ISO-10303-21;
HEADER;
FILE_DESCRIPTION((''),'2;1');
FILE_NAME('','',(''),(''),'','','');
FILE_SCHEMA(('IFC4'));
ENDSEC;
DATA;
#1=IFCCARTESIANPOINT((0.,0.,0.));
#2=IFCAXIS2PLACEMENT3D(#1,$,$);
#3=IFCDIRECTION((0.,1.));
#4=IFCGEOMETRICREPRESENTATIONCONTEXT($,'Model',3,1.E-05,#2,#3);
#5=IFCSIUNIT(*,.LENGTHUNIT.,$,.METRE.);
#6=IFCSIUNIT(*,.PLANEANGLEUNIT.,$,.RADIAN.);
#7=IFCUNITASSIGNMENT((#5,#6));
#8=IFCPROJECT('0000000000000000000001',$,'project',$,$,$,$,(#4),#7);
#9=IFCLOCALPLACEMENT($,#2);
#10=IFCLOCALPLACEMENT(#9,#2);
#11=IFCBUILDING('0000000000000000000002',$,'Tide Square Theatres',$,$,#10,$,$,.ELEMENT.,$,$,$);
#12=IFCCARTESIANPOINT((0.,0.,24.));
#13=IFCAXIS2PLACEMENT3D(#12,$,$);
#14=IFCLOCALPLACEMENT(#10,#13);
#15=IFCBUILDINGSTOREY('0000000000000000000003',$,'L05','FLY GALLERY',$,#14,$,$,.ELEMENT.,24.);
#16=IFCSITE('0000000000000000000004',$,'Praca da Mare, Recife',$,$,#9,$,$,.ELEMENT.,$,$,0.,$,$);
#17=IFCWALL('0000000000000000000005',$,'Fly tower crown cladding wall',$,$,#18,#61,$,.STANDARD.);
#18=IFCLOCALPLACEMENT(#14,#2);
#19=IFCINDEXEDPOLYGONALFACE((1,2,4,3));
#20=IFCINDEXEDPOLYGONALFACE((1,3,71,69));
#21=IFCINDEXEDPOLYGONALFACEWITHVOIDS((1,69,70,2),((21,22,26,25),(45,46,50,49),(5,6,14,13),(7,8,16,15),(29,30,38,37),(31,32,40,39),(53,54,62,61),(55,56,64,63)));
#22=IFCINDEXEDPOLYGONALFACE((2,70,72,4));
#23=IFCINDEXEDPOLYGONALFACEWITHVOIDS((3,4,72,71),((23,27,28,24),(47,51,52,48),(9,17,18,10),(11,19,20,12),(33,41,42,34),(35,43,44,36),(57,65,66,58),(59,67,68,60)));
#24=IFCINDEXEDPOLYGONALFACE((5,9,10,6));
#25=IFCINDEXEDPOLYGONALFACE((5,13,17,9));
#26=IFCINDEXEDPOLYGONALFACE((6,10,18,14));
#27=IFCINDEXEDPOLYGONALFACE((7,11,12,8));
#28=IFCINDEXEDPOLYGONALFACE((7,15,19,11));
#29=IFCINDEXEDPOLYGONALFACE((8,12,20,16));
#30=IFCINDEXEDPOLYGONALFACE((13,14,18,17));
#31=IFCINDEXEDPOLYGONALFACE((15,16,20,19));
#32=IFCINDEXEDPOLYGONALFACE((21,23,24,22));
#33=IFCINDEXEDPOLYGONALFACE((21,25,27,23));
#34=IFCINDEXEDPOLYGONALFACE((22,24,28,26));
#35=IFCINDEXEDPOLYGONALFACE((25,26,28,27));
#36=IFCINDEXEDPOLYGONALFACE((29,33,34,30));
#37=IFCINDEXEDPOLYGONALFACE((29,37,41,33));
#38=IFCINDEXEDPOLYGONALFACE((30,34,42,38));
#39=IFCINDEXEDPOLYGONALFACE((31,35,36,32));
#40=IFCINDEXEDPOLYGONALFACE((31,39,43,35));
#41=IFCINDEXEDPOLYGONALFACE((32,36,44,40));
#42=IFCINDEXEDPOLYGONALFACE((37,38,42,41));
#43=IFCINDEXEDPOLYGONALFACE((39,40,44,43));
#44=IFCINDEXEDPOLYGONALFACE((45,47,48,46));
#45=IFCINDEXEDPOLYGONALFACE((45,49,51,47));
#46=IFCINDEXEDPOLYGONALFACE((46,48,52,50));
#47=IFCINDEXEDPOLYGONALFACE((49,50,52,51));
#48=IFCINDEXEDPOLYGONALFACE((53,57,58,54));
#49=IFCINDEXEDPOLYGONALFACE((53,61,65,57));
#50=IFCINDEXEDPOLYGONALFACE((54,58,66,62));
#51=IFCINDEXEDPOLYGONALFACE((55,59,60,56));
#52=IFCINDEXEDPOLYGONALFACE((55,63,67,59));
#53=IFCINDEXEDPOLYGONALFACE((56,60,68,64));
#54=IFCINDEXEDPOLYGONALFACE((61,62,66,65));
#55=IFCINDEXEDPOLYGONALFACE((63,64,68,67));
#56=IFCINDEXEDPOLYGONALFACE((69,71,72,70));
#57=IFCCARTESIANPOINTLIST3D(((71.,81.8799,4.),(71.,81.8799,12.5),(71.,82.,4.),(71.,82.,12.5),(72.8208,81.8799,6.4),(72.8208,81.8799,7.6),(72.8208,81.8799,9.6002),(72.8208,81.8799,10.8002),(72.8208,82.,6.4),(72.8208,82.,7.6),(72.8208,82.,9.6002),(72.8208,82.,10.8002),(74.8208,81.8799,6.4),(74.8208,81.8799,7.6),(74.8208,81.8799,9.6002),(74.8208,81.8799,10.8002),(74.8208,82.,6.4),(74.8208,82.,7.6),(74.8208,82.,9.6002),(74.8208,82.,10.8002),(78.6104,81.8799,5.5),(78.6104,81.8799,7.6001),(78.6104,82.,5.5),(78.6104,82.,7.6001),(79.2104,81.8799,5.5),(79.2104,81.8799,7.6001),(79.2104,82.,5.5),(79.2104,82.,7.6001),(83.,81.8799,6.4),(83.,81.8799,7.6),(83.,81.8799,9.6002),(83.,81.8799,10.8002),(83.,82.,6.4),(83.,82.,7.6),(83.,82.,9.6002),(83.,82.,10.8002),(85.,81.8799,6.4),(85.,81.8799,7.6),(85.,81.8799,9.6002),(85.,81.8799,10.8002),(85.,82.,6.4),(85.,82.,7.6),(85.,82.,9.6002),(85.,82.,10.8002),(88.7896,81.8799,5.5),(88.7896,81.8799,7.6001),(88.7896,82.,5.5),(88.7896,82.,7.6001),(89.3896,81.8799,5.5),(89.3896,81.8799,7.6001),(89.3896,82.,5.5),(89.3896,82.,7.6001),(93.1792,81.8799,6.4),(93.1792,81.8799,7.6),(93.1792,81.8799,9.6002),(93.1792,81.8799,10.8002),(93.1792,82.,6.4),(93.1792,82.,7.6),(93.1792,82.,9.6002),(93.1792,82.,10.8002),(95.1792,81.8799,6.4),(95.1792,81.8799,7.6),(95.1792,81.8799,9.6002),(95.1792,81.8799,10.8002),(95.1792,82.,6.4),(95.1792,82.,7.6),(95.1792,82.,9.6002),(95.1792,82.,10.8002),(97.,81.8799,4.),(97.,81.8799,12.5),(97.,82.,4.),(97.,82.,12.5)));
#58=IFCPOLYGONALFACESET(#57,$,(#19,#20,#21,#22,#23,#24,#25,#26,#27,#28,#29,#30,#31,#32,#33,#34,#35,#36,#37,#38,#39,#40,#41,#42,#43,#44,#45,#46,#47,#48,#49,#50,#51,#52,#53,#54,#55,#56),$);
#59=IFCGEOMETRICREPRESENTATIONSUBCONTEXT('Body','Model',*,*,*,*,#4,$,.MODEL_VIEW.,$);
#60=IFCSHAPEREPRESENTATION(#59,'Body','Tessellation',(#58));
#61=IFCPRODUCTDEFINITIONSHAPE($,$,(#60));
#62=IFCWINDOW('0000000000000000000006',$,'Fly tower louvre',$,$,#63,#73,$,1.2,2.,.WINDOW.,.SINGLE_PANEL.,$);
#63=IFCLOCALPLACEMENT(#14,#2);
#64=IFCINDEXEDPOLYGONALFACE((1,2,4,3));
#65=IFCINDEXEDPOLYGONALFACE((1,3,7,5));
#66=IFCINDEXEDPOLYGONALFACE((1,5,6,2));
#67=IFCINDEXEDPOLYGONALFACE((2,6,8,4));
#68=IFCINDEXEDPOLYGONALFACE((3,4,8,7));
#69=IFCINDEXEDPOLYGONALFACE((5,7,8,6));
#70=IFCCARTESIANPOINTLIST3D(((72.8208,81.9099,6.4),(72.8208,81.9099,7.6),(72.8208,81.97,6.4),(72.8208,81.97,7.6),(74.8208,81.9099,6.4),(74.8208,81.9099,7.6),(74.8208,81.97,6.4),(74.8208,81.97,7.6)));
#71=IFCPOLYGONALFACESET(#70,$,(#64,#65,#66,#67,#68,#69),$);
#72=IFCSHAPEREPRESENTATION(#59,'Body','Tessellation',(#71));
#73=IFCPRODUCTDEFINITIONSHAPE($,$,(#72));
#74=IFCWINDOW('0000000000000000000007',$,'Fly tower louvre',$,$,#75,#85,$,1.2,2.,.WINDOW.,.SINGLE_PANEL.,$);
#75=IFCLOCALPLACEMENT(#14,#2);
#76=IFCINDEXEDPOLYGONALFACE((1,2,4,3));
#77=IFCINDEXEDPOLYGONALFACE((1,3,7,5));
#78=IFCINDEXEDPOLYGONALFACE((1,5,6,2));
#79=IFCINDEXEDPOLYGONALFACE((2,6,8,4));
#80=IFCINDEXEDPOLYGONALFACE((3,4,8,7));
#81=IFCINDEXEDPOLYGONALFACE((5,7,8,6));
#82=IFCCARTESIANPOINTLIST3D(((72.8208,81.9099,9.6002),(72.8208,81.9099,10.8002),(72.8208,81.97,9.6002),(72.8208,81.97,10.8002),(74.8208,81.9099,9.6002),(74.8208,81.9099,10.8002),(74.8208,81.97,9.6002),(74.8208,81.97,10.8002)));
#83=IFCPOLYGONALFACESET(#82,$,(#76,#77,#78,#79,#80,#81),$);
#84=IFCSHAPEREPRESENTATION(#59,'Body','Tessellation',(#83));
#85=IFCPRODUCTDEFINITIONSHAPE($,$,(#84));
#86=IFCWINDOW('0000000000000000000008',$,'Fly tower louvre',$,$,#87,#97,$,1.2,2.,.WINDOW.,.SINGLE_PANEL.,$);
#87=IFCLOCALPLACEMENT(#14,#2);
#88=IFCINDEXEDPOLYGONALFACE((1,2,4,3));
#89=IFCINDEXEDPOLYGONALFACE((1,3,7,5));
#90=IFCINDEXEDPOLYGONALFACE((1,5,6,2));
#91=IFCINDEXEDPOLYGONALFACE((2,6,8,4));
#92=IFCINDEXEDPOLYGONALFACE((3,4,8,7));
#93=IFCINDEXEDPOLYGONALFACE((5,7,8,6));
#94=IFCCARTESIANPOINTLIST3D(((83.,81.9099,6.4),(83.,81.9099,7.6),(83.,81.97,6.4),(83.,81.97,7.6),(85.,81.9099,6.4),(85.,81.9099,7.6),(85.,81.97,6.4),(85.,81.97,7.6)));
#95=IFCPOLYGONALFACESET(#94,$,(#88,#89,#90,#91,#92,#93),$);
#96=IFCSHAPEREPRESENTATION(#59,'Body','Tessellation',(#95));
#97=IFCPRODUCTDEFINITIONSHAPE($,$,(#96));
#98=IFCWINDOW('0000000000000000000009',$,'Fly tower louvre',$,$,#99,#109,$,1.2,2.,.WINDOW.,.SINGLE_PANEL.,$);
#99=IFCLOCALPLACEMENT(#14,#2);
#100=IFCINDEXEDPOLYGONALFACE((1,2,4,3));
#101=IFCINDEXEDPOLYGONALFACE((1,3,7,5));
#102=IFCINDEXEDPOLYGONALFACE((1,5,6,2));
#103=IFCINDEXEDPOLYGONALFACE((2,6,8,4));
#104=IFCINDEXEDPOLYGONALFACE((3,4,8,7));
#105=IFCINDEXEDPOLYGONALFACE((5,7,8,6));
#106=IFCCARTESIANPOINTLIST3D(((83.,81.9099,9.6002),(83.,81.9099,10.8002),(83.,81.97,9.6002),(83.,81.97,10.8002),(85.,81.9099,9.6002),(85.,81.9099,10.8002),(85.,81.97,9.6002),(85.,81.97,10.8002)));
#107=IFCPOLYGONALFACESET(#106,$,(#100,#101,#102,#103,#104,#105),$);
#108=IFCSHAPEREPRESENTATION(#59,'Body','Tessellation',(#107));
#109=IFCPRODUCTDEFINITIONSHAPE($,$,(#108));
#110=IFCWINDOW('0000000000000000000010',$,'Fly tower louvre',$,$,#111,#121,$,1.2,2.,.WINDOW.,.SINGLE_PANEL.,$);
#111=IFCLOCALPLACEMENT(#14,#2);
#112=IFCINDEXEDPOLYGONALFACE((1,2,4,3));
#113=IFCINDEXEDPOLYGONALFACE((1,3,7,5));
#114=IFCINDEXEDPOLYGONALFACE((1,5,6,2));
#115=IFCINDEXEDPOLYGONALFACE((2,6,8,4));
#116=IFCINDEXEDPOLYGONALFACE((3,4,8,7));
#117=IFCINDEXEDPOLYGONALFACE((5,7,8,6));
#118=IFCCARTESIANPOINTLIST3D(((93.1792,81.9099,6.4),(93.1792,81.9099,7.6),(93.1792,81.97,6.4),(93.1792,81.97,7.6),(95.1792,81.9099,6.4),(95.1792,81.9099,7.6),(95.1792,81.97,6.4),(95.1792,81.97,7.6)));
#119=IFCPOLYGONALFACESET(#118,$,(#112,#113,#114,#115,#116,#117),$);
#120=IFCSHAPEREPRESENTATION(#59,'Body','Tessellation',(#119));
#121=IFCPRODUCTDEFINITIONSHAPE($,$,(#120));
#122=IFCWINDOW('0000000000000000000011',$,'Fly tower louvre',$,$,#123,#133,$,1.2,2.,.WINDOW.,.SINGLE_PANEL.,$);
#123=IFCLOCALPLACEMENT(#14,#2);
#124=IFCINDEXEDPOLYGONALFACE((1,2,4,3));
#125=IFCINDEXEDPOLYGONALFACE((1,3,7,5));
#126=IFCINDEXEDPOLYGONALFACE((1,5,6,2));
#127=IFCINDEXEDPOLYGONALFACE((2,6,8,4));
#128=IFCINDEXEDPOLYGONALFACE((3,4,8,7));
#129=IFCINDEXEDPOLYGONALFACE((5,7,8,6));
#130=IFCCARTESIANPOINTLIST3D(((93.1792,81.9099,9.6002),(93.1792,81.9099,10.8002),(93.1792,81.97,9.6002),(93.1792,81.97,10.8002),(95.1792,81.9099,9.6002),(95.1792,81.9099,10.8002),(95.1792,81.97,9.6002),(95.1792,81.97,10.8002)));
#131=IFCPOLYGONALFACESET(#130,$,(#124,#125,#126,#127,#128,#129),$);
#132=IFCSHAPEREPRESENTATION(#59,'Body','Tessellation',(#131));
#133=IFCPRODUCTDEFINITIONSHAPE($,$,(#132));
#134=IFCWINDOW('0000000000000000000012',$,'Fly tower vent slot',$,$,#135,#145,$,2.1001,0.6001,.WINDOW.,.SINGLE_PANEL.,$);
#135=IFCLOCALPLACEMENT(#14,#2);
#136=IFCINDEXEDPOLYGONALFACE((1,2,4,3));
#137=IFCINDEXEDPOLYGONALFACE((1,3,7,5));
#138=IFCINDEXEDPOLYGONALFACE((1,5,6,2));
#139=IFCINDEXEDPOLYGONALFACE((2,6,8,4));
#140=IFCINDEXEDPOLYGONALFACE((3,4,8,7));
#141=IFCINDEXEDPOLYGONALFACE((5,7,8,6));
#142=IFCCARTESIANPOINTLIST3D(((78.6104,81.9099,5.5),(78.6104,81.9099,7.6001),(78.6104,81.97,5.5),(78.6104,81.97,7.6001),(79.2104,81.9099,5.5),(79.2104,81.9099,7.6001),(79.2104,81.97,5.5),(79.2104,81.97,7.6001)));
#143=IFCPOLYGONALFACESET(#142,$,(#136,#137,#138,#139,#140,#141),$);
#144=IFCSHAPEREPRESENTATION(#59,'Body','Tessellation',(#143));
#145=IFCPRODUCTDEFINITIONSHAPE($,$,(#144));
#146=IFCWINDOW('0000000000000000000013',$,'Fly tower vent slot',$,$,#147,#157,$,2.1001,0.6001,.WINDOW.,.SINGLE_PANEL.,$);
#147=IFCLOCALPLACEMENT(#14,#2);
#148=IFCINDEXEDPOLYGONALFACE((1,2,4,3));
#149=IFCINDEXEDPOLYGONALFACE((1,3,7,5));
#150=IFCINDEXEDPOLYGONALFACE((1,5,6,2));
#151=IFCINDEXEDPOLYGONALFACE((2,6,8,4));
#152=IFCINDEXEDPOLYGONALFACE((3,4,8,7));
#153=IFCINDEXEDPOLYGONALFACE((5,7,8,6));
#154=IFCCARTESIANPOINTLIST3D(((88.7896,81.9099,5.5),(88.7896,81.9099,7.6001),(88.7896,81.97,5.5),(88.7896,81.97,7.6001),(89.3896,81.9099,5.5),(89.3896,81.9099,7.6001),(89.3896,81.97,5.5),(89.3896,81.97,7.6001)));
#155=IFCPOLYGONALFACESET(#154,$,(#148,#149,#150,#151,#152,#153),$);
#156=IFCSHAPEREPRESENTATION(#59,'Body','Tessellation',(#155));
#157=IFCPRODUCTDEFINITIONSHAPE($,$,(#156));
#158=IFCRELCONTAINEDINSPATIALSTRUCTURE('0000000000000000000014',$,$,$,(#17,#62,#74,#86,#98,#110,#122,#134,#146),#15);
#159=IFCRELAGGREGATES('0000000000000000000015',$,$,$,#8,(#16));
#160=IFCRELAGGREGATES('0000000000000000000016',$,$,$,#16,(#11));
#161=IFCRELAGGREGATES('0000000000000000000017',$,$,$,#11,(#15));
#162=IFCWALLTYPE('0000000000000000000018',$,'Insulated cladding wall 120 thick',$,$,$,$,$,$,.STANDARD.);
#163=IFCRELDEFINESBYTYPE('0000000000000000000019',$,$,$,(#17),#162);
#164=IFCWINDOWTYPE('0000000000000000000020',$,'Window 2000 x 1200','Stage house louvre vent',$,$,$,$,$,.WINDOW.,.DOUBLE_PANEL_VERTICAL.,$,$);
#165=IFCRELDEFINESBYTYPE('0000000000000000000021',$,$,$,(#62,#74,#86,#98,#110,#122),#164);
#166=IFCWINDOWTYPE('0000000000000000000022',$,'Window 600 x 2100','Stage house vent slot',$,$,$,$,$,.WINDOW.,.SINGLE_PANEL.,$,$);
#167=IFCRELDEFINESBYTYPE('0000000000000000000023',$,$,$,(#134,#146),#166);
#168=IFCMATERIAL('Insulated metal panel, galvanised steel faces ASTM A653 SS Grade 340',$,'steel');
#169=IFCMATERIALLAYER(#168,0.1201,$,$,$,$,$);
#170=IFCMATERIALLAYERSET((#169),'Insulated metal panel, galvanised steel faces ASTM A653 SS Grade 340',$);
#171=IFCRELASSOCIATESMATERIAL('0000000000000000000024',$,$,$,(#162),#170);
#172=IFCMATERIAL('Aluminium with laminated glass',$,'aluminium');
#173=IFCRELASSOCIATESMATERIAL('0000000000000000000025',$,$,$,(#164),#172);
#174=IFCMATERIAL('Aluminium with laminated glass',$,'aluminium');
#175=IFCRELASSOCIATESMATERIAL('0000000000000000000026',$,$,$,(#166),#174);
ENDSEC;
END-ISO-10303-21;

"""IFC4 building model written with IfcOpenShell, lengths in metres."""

from ifc_helpers import new_model, si_unit, direction, frame, frame_2d, origin, place, context, subcontext, project, spatial, rectangle, extrude, material, layer, layer_set, type_object, element, fill, save


model = new_model("IFC4")

# Units and contexts
model_context = context("Model", 3, precision=1e-05, world=origin(), true_north=direction((0.0, 1.0)))
body_context = subcontext(model_context, "Body", "Model", "MODEL_VIEW")
ifc_project = project(units=[si_unit("LENGTHUNIT", "METRE"), si_unit("PLANEANGLEUNIT", "RADIAN")], contexts=[model_context])

# Site, building, storey
site_placement = place(None, origin())
site = spatial("IfcSite", under=ifc_project, at=site_placement, Name="Praca da Mare, Recife", CompositionType="ELEMENT", RefElevation=0.0)
building_placement = place(site_placement, origin())
building = spatial("IfcBuilding", under=site, at=building_placement, Name="Tide Square Theatres", CompositionType="ELEMENT")
storey_placement = place(building_placement, frame((0.0, 0.0, 24.0)))
storey = spatial("IfcBuildingStorey", under=building, at=storey_placement, Name="L05", Description="FLY GALLERY", CompositionType="ELEMENT", Elevation=24.0)

# Wall, openings, windows
ifc_material_1 = material(Name="Insulated metal panel, galvanised steel faces ASTM A653 SS Grade 340", Category="steel")
ifc_layer_1 = layer(ifc_material_1, 0.1201)
ifc_layer_set_1 = layer_set([ifc_layer_1], Name="Insulated metal panel, galvanised steel faces ASTM A653 SS Grade 340")
wall_type = type_object("IfcWallType", Name="Insulated cladding wall 120 thick", PredefinedType="STANDARD", material=ifc_layer_set_1)
wall_placement = place(storey_placement, frame((71.0, 81.9399, 4.0), z_axis=(0.0, 0.0, 1.0), x_axis=(1.0, 0.0, 0.0)))
wall = element("IfcWall", 1, at=wall_placement, inside=storey, type_object=wall_type, Name="Fly tower crown cladding wall", PredefinedType="STANDARD", context=body_context, shape_type="SweptSolid", body=[
    extrude(rectangle(XDim=26.0, YDim=0.1201, at=frame_2d((13.0, 0.0))), origin(), (0.0, 0.0, 1.0), 8.5),
])
opening_1_placement = place(wall_placement, frame((1.8208, 0.0, 2.3999)))
opening_1 = element("IfcOpeningElement", 2, at=opening_1_placement, cuts=wall, PredefinedType="OPENING", context=body_context, shape_type="SweptSolid", body=[
    extrude(rectangle(XDim=2.0, YDim=1.2, at=frame_2d((1.0, 0.6001))), frame((0.0, 0.0701, 0.0), z_axis=(0.0, -1.0, 0.0), x_axis=(1.0, 0.0, 0.0)), (0.0, 0.0, 1.0), 0.1401),
])
opening_2_placement = place(wall_placement, frame((1.8208, 0.0, 5.6001)))
opening_2 = element("IfcOpeningElement", 3, at=opening_2_placement, cuts=wall, PredefinedType="OPENING", context=body_context, shape_type="SweptSolid", body=[
    extrude(rectangle(XDim=2.0, YDim=1.2, at=frame_2d((1.0, 0.6001))), frame((0.0, 0.0701, 0.0), z_axis=(0.0, -1.0, 0.0), x_axis=(1.0, 0.0, 0.0)), (0.0, 0.0, 1.0), 0.1401),
])
opening_3_placement = place(wall_placement, frame((12.0, 0.0, 2.3999)))
opening_3 = element("IfcOpeningElement", 4, at=opening_3_placement, cuts=wall, PredefinedType="OPENING", context=body_context, shape_type="SweptSolid", body=[
    extrude(rectangle(XDim=2.0, YDim=1.2, at=frame_2d((1.0, 0.6001))), frame((0.0, 0.0701, 0.0), z_axis=(0.0, -1.0, 0.0), x_axis=(1.0, 0.0, 0.0)), (0.0, 0.0, 1.0), 0.1401),
])
opening_4_placement = place(wall_placement, frame((12.0, 0.0, 5.6001)))
opening_4 = element("IfcOpeningElement", 5, at=opening_4_placement, cuts=wall, PredefinedType="OPENING", context=body_context, shape_type="SweptSolid", body=[
    extrude(rectangle(XDim=2.0, YDim=1.2, at=frame_2d((1.0, 0.6001))), frame((0.0, 0.0701, 0.0), z_axis=(0.0, -1.0, 0.0), x_axis=(1.0, 0.0, 0.0)), (0.0, 0.0, 1.0), 0.1401),
])
opening_5_placement = place(wall_placement, frame((22.1792, 0.0, 2.3999)))
opening_5 = element("IfcOpeningElement", 6, at=opening_5_placement, cuts=wall, PredefinedType="OPENING", context=body_context, shape_type="SweptSolid", body=[
    extrude(rectangle(XDim=2.0, YDim=1.2, at=frame_2d((1.0, 0.6001))), frame((0.0, 0.0701, 0.0), z_axis=(0.0, -1.0, 0.0), x_axis=(1.0, 0.0, 0.0)), (0.0, 0.0, 1.0), 0.1401),
])
opening_6_placement = place(wall_placement, frame((22.1792, 0.0, 5.6001)))
opening_6 = element("IfcOpeningElement", 7, at=opening_6_placement, cuts=wall, PredefinedType="OPENING", context=body_context, shape_type="SweptSolid", body=[
    extrude(rectangle(XDim=2.0, YDim=1.2, at=frame_2d((1.0, 0.6001))), frame((0.0, 0.0701, 0.0), z_axis=(0.0, -1.0, 0.0), x_axis=(1.0, 0.0, 0.0)), (0.0, 0.0, 1.0), 0.1401),
])
opening_7_placement = place(wall_placement, frame((7.6104, 0.0, 1.5)))
opening_7 = element("IfcOpeningElement", 8, at=opening_7_placement, cuts=wall, PredefinedType="OPENING", context=body_context, shape_type="SweptSolid", body=[
    extrude(rectangle(XDim=0.6001, YDim=2.1001, at=frame_2d((0.3, 1.05))), frame((0.0, 0.0701, 0.0), z_axis=(0.0, -1.0, 0.0), x_axis=(1.0, 0.0, 0.0)), (0.0, 0.0, 1.0), 0.1401),
])
opening_8_placement = place(wall_placement, frame((17.7896, 0.0, 1.5)))
opening_8 = element("IfcOpeningElement", 9, at=opening_8_placement, cuts=wall, PredefinedType="OPENING", context=body_context, shape_type="SweptSolid", body=[
    extrude(rectangle(XDim=0.6001, YDim=2.1001, at=frame_2d((0.3, 1.05))), frame((0.0, 0.0701, 0.0), z_axis=(0.0, -1.0, 0.0), x_axis=(1.0, 0.0, 0.0)), (0.0, 0.0, 1.0), 0.1401),
])
ifc_material_2 = material(Name="Aluminium with laminated glass", Category="aluminium")
window_type_1 = type_object("IfcWindowType", Name="Window 2000 x 1200", Description="Stage house louvre vent", PartitioningType="DOUBLE_PANEL_VERTICAL", PredefinedType="WINDOW", material=ifc_material_2)
window_1_placement = place(opening_1_placement, origin())
window_1 = element("IfcWindow", 10, at=window_1_placement, inside=storey, type_object=window_type_1, Name="Fly tower louvre", OverallHeight=1.2, OverallWidth=2.0, PartitioningType="SINGLE_PANEL", PredefinedType="WINDOW", context=body_context, shape_type="SweptSolid", body=[
    extrude(rectangle(XDim=2.0, YDim=1.2, at=frame_2d((1.0, 0.6001))), frame((0.0, 0.03, 0.0), z_axis=(0.0, -1.0, 0.0), x_axis=(1.0, 0.0, 0.0)), (0.0, 0.0, 1.0), 0.0601),
])
fill(opening_1, window_1)
window_2_placement = place(opening_2_placement, origin())
window_2 = element("IfcWindow", 11, at=window_2_placement, inside=storey, type_object=window_type_1, Name="Fly tower louvre", OverallHeight=1.2, OverallWidth=2.0, PartitioningType="SINGLE_PANEL", PredefinedType="WINDOW", context=body_context, shape_type="SweptSolid", body=[
    extrude(rectangle(XDim=2.0, YDim=1.2, at=frame_2d((1.0, 0.6001))), frame((0.0, 0.03, 0.0), z_axis=(0.0, -1.0, 0.0), x_axis=(1.0, 0.0, 0.0)), (0.0, 0.0, 1.0), 0.0601),
])
fill(opening_2, window_2)
window_3_placement = place(opening_3_placement, origin())
window_3 = element("IfcWindow", 12, at=window_3_placement, inside=storey, type_object=window_type_1, Name="Fly tower louvre", OverallHeight=1.2, OverallWidth=2.0, PartitioningType="SINGLE_PANEL", PredefinedType="WINDOW", context=body_context, shape_type="SweptSolid", body=[
    extrude(rectangle(XDim=2.0, YDim=1.2, at=frame_2d((1.0, 0.6001))), frame((0.0, 0.03, 0.0), z_axis=(0.0, -1.0, 0.0), x_axis=(1.0, 0.0, 0.0)), (0.0, 0.0, 1.0), 0.0601),
])
fill(opening_3, window_3)
window_4_placement = place(opening_4_placement, origin())
window_4 = element("IfcWindow", 13, at=window_4_placement, inside=storey, type_object=window_type_1, Name="Fly tower louvre", OverallHeight=1.2, OverallWidth=2.0, PartitioningType="SINGLE_PANEL", PredefinedType="WINDOW", context=body_context, shape_type="SweptSolid", body=[
    extrude(rectangle(XDim=2.0, YDim=1.2, at=frame_2d((1.0, 0.6001))), frame((0.0, 0.03, 0.0), z_axis=(0.0, -1.0, 0.0), x_axis=(1.0, 0.0, 0.0)), (0.0, 0.0, 1.0), 0.0601),
])
fill(opening_4, window_4)
window_5_placement = place(opening_5_placement, origin())
window_5 = element("IfcWindow", 14, at=window_5_placement, inside=storey, type_object=window_type_1, Name="Fly tower louvre", OverallHeight=1.2, OverallWidth=2.0, PartitioningType="SINGLE_PANEL", PredefinedType="WINDOW", context=body_context, shape_type="SweptSolid", body=[
    extrude(rectangle(XDim=2.0, YDim=1.2, at=frame_2d((1.0, 0.6001))), frame((0.0, 0.03, 0.0), z_axis=(0.0, -1.0, 0.0), x_axis=(1.0, 0.0, 0.0)), (0.0, 0.0, 1.0), 0.0601),
])
fill(opening_5, window_5)
window_6_placement = place(opening_6_placement, origin())
window_6 = element("IfcWindow", 15, at=window_6_placement, inside=storey, type_object=window_type_1, Name="Fly tower louvre", OverallHeight=1.2, OverallWidth=2.0, PartitioningType="SINGLE_PANEL", PredefinedType="WINDOW", context=body_context, shape_type="SweptSolid", body=[
    extrude(rectangle(XDim=2.0, YDim=1.2, at=frame_2d((1.0, 0.6001))), frame((0.0, 0.03, 0.0), z_axis=(0.0, -1.0, 0.0), x_axis=(1.0, 0.0, 0.0)), (0.0, 0.0, 1.0), 0.0601),
])
fill(opening_6, window_6)
ifc_material_3 = material(Name="Aluminium with laminated glass", Category="aluminium")
window_type_2 = type_object("IfcWindowType", Name="Window 600 x 2100", Description="Stage house vent slot", PartitioningType="SINGLE_PANEL", PredefinedType="WINDOW", material=ifc_material_3)
window_7_placement = place(opening_7_placement, origin())
window_7 = element("IfcWindow", 16, at=window_7_placement, inside=storey, type_object=window_type_2, Name="Fly tower vent slot", OverallHeight=2.1001, OverallWidth=0.6001, PartitioningType="SINGLE_PANEL", PredefinedType="WINDOW", context=body_context, shape_type="SweptSolid", body=[
    extrude(rectangle(XDim=0.6001, YDim=2.1001, at=frame_2d((0.3, 1.05))), frame((0.0, 0.03, 0.0), z_axis=(0.0, -1.0, 0.0), x_axis=(1.0, 0.0, 0.0)), (0.0, 0.0, 1.0), 0.0601),
])
fill(opening_7, window_7)
window_8_placement = place(opening_8_placement, origin())
window_8 = element("IfcWindow", 17, at=window_8_placement, inside=storey, type_object=window_type_2, Name="Fly tower vent slot", OverallHeight=2.1001, OverallWidth=0.6001, PartitioningType="SINGLE_PANEL", PredefinedType="WINDOW", context=body_context, shape_type="SweptSolid", body=[
    extrude(rectangle(XDim=0.6001, YDim=2.1001, at=frame_2d((0.3, 1.05))), frame((0.0, 0.03, 0.0), z_axis=(0.0, -1.0, 0.0), x_axis=(1.0, 0.0, 0.0)), (0.0, 0.0, 1.0), 0.0601),
])
fill(opening_8, window_8)

save(model, "model.ifc")
